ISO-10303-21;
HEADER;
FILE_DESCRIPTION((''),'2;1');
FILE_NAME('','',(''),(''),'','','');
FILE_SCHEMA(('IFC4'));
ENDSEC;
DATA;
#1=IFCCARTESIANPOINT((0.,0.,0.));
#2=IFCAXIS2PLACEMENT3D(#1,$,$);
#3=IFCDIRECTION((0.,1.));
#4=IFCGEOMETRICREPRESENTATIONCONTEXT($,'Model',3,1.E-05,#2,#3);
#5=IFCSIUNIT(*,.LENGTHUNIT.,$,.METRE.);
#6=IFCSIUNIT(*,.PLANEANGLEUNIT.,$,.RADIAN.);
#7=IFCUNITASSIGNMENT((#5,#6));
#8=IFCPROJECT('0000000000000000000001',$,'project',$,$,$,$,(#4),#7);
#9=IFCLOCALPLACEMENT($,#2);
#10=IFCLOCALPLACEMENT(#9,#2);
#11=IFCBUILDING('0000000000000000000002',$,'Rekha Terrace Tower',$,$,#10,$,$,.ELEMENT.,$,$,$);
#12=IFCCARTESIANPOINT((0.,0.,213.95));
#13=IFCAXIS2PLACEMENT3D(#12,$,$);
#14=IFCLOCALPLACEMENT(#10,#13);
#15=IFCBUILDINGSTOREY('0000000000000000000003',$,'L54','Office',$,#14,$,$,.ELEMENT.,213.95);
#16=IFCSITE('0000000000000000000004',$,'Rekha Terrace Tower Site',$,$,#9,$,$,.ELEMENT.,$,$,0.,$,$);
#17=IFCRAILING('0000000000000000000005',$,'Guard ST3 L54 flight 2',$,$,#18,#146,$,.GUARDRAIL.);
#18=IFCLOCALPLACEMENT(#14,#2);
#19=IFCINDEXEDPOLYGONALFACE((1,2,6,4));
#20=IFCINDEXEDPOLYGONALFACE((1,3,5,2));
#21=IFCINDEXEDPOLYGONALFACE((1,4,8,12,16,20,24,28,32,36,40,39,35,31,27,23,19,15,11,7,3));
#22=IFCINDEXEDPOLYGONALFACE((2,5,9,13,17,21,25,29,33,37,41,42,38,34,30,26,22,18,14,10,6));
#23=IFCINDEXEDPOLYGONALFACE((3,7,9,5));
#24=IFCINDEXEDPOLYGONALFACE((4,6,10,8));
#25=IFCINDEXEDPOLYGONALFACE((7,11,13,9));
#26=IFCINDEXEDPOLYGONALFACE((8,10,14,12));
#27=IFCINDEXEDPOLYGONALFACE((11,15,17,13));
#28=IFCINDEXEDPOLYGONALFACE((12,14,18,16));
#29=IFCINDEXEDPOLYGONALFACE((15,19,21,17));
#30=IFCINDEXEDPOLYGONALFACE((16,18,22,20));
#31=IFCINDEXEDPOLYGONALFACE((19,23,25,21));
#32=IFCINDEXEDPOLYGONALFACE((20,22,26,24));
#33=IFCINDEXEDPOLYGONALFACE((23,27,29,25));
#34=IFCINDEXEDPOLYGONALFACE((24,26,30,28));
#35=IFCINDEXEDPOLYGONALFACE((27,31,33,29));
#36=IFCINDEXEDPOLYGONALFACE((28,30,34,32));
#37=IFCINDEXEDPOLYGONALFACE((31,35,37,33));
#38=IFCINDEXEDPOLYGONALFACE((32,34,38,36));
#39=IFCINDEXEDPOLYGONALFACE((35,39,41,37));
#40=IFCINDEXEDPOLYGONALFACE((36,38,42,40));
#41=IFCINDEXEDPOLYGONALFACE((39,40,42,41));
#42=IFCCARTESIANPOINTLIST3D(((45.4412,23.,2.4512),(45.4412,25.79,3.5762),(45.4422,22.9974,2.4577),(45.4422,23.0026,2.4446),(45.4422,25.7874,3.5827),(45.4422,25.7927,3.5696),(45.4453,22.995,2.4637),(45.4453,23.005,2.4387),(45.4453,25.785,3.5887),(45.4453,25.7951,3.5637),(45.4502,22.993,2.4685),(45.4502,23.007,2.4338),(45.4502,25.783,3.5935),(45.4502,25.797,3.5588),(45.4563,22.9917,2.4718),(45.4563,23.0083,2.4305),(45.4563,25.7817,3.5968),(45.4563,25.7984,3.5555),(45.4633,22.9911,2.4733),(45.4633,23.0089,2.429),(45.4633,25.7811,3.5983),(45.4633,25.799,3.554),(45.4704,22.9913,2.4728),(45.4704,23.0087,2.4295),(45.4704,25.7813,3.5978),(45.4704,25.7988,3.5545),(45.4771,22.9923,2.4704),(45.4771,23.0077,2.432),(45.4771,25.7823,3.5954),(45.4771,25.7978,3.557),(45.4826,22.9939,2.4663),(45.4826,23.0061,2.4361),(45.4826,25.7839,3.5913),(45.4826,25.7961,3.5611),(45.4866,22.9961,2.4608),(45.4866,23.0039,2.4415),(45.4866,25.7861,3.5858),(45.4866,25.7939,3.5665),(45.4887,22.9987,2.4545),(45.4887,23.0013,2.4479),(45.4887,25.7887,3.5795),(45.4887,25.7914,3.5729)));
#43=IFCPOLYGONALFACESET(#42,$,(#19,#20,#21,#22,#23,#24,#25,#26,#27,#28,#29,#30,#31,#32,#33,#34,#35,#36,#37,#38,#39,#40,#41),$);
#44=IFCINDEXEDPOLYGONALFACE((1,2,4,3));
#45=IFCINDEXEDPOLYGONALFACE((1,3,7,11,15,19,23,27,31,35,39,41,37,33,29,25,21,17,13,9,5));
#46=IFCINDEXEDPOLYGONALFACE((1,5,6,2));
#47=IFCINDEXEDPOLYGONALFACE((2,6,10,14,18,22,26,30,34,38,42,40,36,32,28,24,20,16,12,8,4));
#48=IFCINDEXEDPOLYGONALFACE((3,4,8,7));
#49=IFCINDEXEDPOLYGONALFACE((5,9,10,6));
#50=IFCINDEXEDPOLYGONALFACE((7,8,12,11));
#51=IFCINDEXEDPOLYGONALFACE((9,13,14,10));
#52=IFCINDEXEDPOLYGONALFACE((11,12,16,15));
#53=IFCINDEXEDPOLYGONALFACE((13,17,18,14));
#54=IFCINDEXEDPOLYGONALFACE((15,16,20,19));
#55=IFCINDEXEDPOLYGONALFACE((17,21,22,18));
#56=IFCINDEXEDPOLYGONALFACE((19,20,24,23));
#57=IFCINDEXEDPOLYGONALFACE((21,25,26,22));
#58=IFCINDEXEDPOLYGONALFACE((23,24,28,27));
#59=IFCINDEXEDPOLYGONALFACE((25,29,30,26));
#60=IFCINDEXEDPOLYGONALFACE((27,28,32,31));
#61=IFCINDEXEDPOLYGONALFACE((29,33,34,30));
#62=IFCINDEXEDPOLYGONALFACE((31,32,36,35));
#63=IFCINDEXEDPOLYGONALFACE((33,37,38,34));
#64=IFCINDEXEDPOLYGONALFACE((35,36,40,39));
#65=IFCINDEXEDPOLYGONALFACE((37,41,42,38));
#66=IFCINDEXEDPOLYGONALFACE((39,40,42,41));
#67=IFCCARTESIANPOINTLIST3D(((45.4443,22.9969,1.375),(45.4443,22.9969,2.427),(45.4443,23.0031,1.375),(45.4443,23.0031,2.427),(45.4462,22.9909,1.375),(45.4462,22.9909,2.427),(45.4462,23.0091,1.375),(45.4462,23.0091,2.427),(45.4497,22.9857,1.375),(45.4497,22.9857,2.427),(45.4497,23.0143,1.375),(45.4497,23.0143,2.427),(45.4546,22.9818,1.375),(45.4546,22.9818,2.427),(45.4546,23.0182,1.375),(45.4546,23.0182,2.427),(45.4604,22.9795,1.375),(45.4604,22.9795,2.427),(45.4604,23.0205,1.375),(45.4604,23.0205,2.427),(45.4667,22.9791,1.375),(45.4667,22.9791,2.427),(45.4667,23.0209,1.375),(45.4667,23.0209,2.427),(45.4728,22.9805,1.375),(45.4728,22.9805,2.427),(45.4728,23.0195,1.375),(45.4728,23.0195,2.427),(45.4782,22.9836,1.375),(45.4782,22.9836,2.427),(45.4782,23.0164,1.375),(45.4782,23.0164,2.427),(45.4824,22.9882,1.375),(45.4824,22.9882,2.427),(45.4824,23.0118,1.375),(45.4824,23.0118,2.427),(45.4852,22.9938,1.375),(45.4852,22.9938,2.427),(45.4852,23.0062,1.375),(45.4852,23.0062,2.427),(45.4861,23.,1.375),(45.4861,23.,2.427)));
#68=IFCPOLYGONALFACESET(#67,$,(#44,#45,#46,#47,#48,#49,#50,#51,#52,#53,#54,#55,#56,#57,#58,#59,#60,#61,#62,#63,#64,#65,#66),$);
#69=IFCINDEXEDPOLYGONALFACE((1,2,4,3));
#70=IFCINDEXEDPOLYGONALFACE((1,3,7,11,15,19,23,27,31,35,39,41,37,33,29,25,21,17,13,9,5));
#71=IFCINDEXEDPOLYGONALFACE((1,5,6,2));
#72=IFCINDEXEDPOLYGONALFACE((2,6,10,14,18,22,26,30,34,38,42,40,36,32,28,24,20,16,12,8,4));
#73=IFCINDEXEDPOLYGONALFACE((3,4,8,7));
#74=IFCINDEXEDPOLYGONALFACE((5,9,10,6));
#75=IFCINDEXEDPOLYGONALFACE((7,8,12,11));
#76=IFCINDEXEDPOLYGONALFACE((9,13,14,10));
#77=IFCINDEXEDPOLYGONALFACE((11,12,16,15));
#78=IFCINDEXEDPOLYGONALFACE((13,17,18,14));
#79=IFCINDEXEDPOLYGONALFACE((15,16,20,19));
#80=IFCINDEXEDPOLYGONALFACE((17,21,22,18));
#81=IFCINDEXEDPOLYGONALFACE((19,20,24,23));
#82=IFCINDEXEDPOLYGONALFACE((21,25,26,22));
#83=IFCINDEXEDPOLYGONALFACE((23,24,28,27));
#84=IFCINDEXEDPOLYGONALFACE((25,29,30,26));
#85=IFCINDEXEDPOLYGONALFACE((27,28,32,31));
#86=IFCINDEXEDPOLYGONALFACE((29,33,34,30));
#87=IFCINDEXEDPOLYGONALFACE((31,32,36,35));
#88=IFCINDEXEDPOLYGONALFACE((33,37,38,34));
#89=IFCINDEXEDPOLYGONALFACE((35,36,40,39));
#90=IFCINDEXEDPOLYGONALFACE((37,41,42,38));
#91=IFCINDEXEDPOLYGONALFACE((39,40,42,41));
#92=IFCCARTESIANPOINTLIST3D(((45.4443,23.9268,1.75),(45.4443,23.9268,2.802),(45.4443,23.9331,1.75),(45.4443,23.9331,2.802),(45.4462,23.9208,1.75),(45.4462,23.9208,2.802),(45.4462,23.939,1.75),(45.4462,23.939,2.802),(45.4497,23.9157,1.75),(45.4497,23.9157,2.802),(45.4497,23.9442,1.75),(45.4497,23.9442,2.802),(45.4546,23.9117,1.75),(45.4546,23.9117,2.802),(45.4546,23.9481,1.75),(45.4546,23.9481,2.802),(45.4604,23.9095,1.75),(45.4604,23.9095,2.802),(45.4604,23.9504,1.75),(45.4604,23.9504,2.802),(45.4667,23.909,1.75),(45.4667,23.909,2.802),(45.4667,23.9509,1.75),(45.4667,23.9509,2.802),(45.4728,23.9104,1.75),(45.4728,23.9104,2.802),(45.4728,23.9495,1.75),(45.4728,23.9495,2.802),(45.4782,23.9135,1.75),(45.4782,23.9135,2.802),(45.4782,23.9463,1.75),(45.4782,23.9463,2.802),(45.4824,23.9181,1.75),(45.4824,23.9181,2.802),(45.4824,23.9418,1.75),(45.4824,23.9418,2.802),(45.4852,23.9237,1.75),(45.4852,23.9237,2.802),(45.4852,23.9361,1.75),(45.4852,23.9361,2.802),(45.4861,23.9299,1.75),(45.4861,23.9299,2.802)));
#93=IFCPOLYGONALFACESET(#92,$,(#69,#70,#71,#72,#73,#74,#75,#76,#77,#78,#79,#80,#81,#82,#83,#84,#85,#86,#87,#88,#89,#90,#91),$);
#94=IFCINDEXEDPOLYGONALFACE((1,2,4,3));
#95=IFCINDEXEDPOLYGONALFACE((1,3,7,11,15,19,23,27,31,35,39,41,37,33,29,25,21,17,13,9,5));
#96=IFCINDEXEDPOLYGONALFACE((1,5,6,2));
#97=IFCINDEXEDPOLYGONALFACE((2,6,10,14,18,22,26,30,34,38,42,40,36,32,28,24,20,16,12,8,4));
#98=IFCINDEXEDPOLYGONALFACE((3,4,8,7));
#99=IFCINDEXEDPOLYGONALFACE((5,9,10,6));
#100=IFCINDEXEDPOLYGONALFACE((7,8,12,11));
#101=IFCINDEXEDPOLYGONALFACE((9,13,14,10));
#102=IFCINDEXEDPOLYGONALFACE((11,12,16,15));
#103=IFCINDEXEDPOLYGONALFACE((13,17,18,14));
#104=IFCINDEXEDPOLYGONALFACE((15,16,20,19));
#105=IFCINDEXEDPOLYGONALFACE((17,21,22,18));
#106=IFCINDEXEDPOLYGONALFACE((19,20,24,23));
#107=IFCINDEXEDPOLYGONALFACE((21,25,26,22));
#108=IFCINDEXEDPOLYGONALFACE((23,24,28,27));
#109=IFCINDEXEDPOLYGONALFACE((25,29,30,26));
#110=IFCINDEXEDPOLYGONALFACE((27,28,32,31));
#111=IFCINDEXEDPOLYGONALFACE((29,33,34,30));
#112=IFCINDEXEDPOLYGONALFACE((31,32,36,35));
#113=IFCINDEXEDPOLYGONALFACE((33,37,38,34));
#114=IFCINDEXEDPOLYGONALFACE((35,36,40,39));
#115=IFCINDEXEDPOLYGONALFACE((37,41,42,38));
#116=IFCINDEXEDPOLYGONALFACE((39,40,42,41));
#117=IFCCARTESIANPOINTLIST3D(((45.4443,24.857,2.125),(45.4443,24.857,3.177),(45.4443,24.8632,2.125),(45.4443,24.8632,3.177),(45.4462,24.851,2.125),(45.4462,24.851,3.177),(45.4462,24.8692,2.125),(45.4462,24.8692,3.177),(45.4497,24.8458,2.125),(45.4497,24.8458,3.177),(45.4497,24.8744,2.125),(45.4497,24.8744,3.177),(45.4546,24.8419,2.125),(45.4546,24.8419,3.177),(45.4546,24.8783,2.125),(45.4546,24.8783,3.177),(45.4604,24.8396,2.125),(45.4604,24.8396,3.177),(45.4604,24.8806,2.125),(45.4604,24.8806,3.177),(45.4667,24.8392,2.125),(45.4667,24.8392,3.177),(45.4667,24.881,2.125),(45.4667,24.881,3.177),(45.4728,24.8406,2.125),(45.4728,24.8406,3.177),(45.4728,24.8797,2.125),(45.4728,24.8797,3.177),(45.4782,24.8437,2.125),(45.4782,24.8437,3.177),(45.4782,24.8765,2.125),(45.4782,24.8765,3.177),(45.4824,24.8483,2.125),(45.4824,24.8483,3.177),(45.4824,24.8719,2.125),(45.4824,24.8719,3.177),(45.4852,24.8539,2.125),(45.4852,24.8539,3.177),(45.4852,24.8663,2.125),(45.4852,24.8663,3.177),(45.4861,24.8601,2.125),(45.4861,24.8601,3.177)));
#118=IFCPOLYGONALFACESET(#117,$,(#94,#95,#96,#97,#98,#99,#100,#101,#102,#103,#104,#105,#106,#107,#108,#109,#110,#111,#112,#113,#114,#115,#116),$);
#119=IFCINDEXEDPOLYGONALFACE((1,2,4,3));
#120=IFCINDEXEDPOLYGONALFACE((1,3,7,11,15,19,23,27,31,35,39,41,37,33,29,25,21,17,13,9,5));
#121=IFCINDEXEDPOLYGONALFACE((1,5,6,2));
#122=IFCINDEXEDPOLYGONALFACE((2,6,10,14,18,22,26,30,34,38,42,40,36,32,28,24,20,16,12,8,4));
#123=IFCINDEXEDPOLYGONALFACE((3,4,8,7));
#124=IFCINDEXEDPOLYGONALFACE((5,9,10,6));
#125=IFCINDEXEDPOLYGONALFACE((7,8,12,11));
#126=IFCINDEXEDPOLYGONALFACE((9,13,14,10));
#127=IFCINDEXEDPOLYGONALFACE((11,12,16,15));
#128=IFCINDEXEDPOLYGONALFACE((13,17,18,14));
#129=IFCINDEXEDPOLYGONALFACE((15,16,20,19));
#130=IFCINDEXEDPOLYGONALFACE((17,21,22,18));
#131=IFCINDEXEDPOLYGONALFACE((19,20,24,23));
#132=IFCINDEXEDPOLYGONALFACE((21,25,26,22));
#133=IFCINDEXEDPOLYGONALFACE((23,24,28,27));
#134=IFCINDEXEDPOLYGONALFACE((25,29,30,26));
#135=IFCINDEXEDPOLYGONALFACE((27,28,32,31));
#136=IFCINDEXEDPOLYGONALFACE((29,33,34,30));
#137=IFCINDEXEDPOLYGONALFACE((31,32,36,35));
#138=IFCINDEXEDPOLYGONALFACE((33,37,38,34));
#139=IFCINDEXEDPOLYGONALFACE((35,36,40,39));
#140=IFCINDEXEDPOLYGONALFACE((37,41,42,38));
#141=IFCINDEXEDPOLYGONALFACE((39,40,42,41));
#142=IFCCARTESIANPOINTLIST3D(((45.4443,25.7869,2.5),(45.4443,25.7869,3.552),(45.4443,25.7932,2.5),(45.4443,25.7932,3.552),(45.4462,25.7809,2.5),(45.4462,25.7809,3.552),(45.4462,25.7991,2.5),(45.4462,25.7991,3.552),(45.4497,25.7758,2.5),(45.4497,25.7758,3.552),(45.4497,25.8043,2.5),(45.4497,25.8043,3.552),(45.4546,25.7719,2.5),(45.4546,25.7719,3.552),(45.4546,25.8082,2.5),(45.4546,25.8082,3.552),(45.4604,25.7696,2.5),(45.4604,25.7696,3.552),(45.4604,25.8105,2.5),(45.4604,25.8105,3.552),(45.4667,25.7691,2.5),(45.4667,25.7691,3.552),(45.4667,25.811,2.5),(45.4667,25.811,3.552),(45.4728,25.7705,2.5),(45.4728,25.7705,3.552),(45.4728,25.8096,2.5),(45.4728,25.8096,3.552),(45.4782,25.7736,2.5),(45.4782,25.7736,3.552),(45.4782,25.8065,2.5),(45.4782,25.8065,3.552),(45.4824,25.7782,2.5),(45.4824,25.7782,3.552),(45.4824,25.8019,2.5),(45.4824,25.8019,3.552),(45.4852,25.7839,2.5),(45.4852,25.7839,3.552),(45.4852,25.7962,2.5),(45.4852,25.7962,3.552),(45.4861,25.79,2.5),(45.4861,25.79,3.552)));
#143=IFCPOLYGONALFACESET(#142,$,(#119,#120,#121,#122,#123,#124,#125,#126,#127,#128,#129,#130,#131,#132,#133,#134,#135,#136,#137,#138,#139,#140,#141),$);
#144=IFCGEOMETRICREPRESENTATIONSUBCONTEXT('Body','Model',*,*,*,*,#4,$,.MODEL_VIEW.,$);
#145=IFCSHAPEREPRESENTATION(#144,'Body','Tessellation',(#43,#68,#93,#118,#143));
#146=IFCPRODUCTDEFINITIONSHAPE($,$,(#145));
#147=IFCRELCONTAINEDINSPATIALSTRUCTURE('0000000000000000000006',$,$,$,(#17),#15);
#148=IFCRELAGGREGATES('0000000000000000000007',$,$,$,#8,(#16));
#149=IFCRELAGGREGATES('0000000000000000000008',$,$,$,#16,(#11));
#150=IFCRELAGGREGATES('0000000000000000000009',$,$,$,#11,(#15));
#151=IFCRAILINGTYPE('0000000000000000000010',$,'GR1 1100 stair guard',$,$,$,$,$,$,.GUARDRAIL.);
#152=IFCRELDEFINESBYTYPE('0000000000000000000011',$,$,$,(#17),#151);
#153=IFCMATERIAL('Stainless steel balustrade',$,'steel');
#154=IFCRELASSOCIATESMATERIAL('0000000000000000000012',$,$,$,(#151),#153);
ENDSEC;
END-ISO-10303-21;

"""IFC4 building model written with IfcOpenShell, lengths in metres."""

from ifc_helpers import new_model, si_unit, direction, frame, origin, origin_2d, place, context, subcontext, project, spatial, circle, extrude, material, type_object, element, save


model = new_model("IFC4")

# Units and contexts
model_context = context("Model", 3, precision=1e-05, world=origin(), true_north=direction((0.0, 1.0)))
body_context = subcontext(model_context, "Body", "Model", "MODEL_VIEW")
ifc_project = project(units=[si_unit("LENGTHUNIT", "METRE"), si_unit("PLANEANGLEUNIT", "RADIAN")], contexts=[model_context])

# Site, building, storey
site_placement = place(None, origin())
site = spatial("IfcSite", under=ifc_project, at=site_placement, Name="Rekha Terrace Tower Site", CompositionType="ELEMENT", RefElevation=0.0)
building_placement = place(site_placement, origin())
building = spatial("IfcBuilding", under=site, at=building_placement, Name="Rekha Terrace Tower", CompositionType="ELEMENT")
storey_placement = place(building_placement, frame((0.0, 0.0, 213.95)))
storey = spatial("IfcBuildingStorey", under=building, at=storey_placement, Name="L54", Description="Office", CompositionType="ELEMENT", Elevation=213.95)

# Railing
ifc_material_1 = material(Name="Stainless steel balustrade", Category="steel")
railing_type_1 = type_object("IfcRailingType", Name="GR1 1100 stair guard", PredefinedType="GUARDRAIL", material=ifc_material_1)
railing_1_placement = place(storey_placement, frame((45.4651, 23.0, 1.375)))
element("IfcRailing", 1, at=railing_1_placement, inside=storey, type_object=railing_type_1, Name="Guard ST3 L54 flight 2", PredefinedType="GUARDRAIL", context=body_context, shape_type="SweptSolid", body=[
    extrude(circle(Radius=0.0239, at=origin_2d()), frame((0.0, 0.0, 1.0762), z_axis=(0.0, 0.927443, 0.373964), x_axis=(-1.0, 0.0, 0.0)), (0.0, 0.0, 1.0), 3.0083),
    extrude(circle(Radius=0.021, at=origin_2d()), origin(), (0.0, 0.0, 1.0), 1.052),
    extrude(circle(Radius=0.021, at=origin_2d()), frame((0.0, 0.9299, 0.375)), (0.0, 0.0, 1.0), 1.052),
    extrude(circle(Radius=0.021, at=origin_2d()), frame((0.0, 1.8601, 0.75)), (0.0, 0.0, 1.0), 1.052),
    extrude(circle(Radius=0.021, at=origin_2d()), frame((0.0, 2.79, 1.125)), (0.0, 0.0, 1.0), 1.052),
])

save(model, "model.ifc")
